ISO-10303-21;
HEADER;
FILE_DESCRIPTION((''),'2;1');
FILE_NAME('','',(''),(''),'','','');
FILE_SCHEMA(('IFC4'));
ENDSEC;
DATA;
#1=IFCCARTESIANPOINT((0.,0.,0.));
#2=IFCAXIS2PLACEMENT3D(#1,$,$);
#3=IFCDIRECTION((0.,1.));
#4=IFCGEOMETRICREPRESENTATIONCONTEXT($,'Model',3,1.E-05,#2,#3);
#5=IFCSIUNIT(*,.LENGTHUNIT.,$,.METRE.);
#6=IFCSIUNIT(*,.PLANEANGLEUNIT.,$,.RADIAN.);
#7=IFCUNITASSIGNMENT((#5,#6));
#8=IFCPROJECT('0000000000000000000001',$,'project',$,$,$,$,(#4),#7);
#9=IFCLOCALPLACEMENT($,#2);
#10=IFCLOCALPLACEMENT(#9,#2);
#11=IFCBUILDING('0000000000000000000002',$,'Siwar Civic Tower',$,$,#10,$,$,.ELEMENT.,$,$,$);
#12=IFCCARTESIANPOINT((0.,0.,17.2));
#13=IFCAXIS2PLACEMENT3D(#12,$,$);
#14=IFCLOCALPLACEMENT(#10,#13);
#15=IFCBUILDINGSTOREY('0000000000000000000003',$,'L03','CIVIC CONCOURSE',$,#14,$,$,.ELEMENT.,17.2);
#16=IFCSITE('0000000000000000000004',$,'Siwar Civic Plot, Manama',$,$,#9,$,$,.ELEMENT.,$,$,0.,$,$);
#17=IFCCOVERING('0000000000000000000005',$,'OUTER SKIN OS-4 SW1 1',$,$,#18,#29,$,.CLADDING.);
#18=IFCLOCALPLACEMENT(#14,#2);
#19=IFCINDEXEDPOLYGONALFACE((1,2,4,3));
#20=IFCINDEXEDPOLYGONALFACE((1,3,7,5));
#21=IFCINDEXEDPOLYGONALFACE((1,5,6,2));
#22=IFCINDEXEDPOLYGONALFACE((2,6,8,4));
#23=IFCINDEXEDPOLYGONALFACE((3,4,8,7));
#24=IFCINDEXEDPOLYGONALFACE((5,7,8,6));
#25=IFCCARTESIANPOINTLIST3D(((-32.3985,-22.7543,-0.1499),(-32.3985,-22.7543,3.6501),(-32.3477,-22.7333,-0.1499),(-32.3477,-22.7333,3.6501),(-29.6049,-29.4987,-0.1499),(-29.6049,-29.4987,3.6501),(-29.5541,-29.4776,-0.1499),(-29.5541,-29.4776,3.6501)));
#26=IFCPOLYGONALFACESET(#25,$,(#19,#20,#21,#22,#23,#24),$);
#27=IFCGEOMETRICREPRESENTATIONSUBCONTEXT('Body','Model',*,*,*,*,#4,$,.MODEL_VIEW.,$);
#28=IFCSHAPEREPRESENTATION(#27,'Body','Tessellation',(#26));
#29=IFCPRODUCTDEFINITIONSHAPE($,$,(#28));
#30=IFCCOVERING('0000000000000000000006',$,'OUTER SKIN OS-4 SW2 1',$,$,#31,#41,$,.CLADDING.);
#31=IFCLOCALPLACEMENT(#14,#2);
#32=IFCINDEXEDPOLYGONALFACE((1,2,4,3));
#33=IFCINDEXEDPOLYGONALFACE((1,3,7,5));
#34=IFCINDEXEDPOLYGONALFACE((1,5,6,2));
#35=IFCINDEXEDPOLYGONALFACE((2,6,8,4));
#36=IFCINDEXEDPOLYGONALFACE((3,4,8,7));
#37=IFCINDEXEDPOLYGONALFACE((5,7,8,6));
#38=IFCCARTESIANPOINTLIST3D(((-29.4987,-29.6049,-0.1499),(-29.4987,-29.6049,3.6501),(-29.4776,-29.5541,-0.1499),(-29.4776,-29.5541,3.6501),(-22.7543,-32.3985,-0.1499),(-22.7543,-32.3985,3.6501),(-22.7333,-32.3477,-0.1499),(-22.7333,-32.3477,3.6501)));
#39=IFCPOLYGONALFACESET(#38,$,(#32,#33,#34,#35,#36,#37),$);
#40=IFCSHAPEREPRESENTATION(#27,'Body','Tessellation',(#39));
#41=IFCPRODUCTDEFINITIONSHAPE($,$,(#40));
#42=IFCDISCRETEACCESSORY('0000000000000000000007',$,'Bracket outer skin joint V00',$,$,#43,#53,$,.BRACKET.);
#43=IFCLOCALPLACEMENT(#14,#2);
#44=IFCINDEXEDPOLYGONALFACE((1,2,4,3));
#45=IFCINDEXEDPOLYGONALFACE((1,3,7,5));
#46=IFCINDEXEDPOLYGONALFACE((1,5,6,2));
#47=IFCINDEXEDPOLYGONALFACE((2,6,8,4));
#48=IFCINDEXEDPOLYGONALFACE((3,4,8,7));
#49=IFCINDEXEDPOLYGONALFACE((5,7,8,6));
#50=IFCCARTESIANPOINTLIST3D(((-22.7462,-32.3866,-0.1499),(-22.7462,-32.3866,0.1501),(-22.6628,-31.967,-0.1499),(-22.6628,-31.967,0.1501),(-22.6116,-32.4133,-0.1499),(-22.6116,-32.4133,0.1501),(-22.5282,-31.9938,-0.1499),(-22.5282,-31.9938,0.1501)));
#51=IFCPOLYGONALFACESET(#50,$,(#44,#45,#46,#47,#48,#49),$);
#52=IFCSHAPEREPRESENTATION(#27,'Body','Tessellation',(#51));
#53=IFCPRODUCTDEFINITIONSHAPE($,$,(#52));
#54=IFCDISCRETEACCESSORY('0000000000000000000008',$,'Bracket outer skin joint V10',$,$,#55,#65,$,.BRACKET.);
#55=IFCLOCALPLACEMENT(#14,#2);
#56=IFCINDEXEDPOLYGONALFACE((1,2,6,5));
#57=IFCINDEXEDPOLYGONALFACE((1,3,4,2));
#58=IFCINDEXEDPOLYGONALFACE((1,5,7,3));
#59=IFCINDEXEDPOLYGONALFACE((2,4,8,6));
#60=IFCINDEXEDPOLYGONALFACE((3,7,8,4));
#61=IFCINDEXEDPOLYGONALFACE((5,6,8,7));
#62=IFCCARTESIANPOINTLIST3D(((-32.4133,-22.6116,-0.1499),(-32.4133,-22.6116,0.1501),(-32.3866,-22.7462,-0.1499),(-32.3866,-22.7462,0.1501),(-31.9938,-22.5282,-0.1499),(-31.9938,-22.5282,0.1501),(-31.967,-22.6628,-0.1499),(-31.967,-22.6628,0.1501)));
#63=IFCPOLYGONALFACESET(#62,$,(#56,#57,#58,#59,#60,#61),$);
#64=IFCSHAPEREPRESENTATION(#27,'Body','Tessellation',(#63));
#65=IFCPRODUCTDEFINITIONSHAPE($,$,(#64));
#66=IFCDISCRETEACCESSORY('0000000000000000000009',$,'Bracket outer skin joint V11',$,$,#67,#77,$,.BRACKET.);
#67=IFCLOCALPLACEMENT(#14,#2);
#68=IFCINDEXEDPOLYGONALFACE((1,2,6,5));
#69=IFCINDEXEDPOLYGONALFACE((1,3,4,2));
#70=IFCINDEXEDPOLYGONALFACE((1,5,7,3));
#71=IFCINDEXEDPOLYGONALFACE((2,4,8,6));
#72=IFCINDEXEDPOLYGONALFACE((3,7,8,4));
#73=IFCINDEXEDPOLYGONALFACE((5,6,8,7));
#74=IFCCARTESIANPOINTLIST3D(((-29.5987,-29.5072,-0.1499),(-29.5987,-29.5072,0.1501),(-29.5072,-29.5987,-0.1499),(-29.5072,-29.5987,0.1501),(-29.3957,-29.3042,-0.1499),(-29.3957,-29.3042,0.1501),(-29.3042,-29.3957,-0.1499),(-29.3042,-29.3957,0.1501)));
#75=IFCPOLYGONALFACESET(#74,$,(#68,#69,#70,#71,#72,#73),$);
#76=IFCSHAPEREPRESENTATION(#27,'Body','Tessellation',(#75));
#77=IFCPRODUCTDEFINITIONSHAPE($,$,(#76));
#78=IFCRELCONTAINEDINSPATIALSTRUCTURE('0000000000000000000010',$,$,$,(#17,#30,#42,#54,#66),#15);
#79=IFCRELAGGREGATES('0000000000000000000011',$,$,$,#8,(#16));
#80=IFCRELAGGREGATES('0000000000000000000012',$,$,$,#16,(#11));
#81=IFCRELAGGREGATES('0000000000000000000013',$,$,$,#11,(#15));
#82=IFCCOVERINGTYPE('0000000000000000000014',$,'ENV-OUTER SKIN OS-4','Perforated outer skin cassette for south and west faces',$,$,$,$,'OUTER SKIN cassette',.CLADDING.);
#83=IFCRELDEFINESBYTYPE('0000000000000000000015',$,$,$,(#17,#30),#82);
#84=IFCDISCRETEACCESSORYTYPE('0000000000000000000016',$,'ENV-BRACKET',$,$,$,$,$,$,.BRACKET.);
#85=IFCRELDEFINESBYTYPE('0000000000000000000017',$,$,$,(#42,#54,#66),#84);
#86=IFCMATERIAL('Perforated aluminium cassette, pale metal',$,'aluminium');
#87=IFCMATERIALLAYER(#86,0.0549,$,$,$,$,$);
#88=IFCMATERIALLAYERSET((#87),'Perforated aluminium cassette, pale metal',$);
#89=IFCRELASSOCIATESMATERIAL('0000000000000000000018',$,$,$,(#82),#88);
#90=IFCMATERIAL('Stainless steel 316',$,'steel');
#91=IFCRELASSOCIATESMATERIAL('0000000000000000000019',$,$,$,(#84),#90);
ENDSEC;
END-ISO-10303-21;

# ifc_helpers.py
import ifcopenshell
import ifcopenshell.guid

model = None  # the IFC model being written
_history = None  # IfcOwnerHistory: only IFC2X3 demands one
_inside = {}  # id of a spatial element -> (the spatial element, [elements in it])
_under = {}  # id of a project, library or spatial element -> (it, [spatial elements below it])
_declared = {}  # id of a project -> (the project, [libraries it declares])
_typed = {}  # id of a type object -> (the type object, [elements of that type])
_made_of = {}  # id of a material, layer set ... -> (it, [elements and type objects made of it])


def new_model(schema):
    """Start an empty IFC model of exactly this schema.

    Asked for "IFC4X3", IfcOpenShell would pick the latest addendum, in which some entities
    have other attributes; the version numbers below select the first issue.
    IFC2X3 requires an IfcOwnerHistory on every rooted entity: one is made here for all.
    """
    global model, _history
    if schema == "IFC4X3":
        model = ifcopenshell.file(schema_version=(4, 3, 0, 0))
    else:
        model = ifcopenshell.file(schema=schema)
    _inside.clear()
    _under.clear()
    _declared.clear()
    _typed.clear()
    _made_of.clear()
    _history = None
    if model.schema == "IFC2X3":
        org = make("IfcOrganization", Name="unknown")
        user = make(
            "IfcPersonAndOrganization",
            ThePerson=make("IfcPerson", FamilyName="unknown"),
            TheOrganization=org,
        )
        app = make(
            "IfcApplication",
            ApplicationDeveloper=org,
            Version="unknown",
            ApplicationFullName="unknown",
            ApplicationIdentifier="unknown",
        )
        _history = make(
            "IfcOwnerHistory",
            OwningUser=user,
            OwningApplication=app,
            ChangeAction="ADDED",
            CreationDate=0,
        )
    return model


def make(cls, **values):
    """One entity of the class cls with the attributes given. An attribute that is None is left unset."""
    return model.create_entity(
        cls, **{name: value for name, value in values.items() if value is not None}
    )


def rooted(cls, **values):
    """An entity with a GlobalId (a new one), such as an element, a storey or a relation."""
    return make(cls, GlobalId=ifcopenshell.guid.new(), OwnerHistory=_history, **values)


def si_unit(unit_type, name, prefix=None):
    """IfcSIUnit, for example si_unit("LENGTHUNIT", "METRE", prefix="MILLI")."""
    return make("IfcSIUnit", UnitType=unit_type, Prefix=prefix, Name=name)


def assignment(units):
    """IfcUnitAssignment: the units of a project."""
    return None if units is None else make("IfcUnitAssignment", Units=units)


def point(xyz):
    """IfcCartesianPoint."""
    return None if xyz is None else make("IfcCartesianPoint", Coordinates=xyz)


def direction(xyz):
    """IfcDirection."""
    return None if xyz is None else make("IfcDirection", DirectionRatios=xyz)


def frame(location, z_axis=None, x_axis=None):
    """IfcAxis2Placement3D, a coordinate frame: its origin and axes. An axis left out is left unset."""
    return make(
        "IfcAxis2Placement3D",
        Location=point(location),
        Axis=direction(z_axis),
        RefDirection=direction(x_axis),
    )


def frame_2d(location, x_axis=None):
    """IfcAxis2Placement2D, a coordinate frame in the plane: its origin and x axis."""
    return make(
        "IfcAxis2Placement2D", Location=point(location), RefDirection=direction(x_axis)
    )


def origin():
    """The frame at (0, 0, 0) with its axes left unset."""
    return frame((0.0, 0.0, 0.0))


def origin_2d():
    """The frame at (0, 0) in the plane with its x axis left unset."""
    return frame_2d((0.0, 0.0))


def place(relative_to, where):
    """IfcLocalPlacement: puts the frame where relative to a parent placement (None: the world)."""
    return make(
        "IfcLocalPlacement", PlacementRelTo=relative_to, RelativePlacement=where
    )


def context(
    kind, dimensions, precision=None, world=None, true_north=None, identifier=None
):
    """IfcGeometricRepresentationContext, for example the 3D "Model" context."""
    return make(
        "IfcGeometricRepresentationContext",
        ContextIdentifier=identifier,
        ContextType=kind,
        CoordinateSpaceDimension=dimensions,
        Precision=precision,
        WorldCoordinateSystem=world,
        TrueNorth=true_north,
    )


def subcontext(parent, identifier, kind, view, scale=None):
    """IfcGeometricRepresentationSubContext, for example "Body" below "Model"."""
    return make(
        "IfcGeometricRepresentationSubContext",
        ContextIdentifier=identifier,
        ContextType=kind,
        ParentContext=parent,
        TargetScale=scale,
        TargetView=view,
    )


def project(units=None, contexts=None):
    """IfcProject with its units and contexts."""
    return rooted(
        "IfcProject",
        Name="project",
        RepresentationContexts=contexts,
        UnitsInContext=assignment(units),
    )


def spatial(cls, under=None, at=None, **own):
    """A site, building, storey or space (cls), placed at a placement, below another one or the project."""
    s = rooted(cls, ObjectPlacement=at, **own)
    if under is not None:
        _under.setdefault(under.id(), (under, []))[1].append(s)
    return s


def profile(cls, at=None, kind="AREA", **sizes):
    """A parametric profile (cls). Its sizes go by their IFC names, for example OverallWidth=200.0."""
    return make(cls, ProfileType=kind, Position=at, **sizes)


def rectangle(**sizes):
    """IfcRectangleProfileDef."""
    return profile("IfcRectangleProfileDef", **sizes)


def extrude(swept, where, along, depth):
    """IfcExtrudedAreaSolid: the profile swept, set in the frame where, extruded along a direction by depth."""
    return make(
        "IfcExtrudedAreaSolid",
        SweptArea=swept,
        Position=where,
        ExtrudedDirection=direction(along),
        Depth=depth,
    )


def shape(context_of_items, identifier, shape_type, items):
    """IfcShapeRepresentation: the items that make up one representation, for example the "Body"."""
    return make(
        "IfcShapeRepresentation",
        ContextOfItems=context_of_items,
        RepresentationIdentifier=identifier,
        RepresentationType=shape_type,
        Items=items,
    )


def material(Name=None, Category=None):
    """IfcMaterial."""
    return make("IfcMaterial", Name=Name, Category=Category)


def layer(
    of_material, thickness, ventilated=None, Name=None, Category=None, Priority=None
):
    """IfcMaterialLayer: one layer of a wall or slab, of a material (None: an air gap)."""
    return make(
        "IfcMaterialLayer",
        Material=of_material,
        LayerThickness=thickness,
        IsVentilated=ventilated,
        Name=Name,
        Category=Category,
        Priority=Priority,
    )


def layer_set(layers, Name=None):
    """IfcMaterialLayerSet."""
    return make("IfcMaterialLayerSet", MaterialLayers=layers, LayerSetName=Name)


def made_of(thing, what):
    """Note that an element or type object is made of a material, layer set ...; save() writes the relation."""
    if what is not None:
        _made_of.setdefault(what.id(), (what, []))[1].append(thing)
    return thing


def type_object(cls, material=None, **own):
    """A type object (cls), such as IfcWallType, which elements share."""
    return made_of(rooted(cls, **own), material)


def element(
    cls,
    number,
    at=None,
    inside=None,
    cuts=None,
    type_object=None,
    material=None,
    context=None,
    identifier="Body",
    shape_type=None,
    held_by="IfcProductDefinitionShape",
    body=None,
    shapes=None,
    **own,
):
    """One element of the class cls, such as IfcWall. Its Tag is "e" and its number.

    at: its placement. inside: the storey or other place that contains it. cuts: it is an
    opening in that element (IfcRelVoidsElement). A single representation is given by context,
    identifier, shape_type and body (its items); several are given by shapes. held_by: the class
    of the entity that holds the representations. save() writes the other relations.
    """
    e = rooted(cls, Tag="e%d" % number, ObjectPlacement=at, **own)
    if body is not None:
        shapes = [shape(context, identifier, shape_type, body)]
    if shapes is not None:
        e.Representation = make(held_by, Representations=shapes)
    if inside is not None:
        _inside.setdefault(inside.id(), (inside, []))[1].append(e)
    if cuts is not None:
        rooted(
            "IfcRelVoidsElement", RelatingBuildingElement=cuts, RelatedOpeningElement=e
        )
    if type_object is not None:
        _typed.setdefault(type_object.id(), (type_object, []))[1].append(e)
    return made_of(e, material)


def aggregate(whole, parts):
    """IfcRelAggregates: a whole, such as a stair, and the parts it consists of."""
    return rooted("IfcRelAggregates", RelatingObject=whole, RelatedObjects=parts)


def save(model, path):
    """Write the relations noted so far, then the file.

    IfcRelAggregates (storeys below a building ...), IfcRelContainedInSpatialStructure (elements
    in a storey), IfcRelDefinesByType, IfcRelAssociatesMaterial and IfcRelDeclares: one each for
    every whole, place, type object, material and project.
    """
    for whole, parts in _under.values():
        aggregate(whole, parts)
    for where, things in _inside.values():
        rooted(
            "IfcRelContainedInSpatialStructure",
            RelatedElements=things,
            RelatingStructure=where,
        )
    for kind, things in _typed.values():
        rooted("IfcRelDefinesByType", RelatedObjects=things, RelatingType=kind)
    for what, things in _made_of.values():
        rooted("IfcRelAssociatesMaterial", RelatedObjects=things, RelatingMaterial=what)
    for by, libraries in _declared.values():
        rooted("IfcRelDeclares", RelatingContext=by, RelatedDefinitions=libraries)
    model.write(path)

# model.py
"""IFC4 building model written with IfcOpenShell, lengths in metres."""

from ifc_helpers import new_model, si_unit, direction, frame, origin, origin_2d, place, context, subcontext, project, spatial, rectangle, extrude, material, layer, layer_set, type_object, element, save


model = new_model("IFC4")

# Units and contexts
model_context = context("Model", 3, precision=1e-05, world=origin(), true_north=direction((0.0, 1.0)))
body_context = subcontext(model_context, "Body", "Model", "MODEL_VIEW")
ifc_project = project(units=[si_unit("LENGTHUNIT", "METRE"), si_unit("PLANEANGLEUNIT", "RADIAN")], contexts=[model_context])

# Site, building, storey
site_placement = place(None, origin())
site = spatial("IfcSite", under=ifc_project, at=site_placement, Name="Siwar Civic Plot, Manama", CompositionType="ELEMENT", RefElevation=0.0)
building_placement = place(site_placement, origin())
building = spatial("IfcBuilding", under=site, at=building_placement, Name="Siwar Civic Tower", CompositionType="ELEMENT")
storey_placement = place(building_placement, frame((0.0, 0.0, 17.2)))
storey = spatial("IfcBuildingStorey", under=building, at=storey_placement, Name="L03", Description="CIVIC CONCOURSE", CompositionType="ELEMENT", Elevation=17.2)

# Coverings
ifc_material_1 = material(Name="Perforated aluminium cassette, pale metal", Category="aluminium")
ifc_layer_1 = layer(ifc_material_1, 0.0549)
ifc_layer_set_1 = layer_set([ifc_layer_1], Name="Perforated aluminium cassette, pale metal")
covering_type_1 = type_object("IfcCoveringType", Name="ENV-OUTER SKIN OS-4", Description="Perforated outer skin cassette for south and west faces", ElementType="OUTER SKIN cassette", PredefinedType="CLADDING", material=ifc_layer_set_1)
for number, where, z_axis, x_axis, name in (
    (1, (-30.9763, -26.116, -0.1499), (0.0, 0.0, 1.0), (0.382683, -0.92388, 0.0), "OUTER SKIN OS-4 SW1 1"),
    (2, (-26.116, -30.9763, -0.1499), (0.0, 0.0, 1.0), (0.92388, -0.382683, 0.0), "OUTER SKIN OS-4 SW2 1"),
):
    element("IfcCovering", number, at=place(storey_placement, frame(where, z_axis=z_axis, x_axis=x_axis)), inside=storey, type_object=covering_type_1, Name=name, PredefinedType="CLADDING", context=body_context, shape_type="SweptSolid", body=[
        extrude(rectangle(XDim=7.3, YDim=0.0549, at=origin_2d()), origin(), (0.0, 0.0, 1.0), 3.8),
    ])

# Discrete accessories
ifc_material_2 = material(Name="Stainless steel 316", Category="steel")
discrete_accessory_type = type_object("IfcDiscreteAccessoryType", Name="ENV-BRACKET", PredefinedType="BRACKET", material=ifc_material_2)
for number, where, z_axis, x_axis, name in (
    (3, (-22.6372, -32.1902, -0.1499), (0.0, 0.0, 1.0), (-0.19509, -0.980785, 0.0), "Bracket outer skin joint V00"),
    (4, (-32.1902, -22.6372, -0.1499), (0.0, 0.0, 1.0), (-0.980785, -0.19509, 0.0), "Bracket outer skin joint V10"),
):
    element("IfcDiscreteAccessory", number, at=place(storey_placement, frame(where, z_axis=z_axis, x_axis=x_axis)), inside=storey, type_object=discrete_accessory_type, Name=name, PredefinedType="BRACKET", context=body_context, shape_type="SweptSolid", body=[
        extrude(rectangle(XDim=0.4277, YDim=0.1372, at=origin_2d()), origin(), (0.0, 0.0, 1.0), 0.3),
    ])
discrete_accessory_placement = place(storey_placement, frame((-29.4514, -29.4514, -0.1499), z_axis=(0.0, 0.0, 1.0), x_axis=(-0.707107, -0.707107, 0.0)))
element("IfcDiscreteAccessory", 5, at=discrete_accessory_placement, inside=storey, type_object=discrete_accessory_type, Name="Bracket outer skin joint V11", PredefinedType="BRACKET", context=body_context, shape_type="SweptSolid", body=[
    extrude(rectangle(XDim=0.2871, YDim=0.1294, at=origin_2d()), origin(), (0.0, 0.0, 1.0), 0.3),
])

save(model, "model.ifc")
